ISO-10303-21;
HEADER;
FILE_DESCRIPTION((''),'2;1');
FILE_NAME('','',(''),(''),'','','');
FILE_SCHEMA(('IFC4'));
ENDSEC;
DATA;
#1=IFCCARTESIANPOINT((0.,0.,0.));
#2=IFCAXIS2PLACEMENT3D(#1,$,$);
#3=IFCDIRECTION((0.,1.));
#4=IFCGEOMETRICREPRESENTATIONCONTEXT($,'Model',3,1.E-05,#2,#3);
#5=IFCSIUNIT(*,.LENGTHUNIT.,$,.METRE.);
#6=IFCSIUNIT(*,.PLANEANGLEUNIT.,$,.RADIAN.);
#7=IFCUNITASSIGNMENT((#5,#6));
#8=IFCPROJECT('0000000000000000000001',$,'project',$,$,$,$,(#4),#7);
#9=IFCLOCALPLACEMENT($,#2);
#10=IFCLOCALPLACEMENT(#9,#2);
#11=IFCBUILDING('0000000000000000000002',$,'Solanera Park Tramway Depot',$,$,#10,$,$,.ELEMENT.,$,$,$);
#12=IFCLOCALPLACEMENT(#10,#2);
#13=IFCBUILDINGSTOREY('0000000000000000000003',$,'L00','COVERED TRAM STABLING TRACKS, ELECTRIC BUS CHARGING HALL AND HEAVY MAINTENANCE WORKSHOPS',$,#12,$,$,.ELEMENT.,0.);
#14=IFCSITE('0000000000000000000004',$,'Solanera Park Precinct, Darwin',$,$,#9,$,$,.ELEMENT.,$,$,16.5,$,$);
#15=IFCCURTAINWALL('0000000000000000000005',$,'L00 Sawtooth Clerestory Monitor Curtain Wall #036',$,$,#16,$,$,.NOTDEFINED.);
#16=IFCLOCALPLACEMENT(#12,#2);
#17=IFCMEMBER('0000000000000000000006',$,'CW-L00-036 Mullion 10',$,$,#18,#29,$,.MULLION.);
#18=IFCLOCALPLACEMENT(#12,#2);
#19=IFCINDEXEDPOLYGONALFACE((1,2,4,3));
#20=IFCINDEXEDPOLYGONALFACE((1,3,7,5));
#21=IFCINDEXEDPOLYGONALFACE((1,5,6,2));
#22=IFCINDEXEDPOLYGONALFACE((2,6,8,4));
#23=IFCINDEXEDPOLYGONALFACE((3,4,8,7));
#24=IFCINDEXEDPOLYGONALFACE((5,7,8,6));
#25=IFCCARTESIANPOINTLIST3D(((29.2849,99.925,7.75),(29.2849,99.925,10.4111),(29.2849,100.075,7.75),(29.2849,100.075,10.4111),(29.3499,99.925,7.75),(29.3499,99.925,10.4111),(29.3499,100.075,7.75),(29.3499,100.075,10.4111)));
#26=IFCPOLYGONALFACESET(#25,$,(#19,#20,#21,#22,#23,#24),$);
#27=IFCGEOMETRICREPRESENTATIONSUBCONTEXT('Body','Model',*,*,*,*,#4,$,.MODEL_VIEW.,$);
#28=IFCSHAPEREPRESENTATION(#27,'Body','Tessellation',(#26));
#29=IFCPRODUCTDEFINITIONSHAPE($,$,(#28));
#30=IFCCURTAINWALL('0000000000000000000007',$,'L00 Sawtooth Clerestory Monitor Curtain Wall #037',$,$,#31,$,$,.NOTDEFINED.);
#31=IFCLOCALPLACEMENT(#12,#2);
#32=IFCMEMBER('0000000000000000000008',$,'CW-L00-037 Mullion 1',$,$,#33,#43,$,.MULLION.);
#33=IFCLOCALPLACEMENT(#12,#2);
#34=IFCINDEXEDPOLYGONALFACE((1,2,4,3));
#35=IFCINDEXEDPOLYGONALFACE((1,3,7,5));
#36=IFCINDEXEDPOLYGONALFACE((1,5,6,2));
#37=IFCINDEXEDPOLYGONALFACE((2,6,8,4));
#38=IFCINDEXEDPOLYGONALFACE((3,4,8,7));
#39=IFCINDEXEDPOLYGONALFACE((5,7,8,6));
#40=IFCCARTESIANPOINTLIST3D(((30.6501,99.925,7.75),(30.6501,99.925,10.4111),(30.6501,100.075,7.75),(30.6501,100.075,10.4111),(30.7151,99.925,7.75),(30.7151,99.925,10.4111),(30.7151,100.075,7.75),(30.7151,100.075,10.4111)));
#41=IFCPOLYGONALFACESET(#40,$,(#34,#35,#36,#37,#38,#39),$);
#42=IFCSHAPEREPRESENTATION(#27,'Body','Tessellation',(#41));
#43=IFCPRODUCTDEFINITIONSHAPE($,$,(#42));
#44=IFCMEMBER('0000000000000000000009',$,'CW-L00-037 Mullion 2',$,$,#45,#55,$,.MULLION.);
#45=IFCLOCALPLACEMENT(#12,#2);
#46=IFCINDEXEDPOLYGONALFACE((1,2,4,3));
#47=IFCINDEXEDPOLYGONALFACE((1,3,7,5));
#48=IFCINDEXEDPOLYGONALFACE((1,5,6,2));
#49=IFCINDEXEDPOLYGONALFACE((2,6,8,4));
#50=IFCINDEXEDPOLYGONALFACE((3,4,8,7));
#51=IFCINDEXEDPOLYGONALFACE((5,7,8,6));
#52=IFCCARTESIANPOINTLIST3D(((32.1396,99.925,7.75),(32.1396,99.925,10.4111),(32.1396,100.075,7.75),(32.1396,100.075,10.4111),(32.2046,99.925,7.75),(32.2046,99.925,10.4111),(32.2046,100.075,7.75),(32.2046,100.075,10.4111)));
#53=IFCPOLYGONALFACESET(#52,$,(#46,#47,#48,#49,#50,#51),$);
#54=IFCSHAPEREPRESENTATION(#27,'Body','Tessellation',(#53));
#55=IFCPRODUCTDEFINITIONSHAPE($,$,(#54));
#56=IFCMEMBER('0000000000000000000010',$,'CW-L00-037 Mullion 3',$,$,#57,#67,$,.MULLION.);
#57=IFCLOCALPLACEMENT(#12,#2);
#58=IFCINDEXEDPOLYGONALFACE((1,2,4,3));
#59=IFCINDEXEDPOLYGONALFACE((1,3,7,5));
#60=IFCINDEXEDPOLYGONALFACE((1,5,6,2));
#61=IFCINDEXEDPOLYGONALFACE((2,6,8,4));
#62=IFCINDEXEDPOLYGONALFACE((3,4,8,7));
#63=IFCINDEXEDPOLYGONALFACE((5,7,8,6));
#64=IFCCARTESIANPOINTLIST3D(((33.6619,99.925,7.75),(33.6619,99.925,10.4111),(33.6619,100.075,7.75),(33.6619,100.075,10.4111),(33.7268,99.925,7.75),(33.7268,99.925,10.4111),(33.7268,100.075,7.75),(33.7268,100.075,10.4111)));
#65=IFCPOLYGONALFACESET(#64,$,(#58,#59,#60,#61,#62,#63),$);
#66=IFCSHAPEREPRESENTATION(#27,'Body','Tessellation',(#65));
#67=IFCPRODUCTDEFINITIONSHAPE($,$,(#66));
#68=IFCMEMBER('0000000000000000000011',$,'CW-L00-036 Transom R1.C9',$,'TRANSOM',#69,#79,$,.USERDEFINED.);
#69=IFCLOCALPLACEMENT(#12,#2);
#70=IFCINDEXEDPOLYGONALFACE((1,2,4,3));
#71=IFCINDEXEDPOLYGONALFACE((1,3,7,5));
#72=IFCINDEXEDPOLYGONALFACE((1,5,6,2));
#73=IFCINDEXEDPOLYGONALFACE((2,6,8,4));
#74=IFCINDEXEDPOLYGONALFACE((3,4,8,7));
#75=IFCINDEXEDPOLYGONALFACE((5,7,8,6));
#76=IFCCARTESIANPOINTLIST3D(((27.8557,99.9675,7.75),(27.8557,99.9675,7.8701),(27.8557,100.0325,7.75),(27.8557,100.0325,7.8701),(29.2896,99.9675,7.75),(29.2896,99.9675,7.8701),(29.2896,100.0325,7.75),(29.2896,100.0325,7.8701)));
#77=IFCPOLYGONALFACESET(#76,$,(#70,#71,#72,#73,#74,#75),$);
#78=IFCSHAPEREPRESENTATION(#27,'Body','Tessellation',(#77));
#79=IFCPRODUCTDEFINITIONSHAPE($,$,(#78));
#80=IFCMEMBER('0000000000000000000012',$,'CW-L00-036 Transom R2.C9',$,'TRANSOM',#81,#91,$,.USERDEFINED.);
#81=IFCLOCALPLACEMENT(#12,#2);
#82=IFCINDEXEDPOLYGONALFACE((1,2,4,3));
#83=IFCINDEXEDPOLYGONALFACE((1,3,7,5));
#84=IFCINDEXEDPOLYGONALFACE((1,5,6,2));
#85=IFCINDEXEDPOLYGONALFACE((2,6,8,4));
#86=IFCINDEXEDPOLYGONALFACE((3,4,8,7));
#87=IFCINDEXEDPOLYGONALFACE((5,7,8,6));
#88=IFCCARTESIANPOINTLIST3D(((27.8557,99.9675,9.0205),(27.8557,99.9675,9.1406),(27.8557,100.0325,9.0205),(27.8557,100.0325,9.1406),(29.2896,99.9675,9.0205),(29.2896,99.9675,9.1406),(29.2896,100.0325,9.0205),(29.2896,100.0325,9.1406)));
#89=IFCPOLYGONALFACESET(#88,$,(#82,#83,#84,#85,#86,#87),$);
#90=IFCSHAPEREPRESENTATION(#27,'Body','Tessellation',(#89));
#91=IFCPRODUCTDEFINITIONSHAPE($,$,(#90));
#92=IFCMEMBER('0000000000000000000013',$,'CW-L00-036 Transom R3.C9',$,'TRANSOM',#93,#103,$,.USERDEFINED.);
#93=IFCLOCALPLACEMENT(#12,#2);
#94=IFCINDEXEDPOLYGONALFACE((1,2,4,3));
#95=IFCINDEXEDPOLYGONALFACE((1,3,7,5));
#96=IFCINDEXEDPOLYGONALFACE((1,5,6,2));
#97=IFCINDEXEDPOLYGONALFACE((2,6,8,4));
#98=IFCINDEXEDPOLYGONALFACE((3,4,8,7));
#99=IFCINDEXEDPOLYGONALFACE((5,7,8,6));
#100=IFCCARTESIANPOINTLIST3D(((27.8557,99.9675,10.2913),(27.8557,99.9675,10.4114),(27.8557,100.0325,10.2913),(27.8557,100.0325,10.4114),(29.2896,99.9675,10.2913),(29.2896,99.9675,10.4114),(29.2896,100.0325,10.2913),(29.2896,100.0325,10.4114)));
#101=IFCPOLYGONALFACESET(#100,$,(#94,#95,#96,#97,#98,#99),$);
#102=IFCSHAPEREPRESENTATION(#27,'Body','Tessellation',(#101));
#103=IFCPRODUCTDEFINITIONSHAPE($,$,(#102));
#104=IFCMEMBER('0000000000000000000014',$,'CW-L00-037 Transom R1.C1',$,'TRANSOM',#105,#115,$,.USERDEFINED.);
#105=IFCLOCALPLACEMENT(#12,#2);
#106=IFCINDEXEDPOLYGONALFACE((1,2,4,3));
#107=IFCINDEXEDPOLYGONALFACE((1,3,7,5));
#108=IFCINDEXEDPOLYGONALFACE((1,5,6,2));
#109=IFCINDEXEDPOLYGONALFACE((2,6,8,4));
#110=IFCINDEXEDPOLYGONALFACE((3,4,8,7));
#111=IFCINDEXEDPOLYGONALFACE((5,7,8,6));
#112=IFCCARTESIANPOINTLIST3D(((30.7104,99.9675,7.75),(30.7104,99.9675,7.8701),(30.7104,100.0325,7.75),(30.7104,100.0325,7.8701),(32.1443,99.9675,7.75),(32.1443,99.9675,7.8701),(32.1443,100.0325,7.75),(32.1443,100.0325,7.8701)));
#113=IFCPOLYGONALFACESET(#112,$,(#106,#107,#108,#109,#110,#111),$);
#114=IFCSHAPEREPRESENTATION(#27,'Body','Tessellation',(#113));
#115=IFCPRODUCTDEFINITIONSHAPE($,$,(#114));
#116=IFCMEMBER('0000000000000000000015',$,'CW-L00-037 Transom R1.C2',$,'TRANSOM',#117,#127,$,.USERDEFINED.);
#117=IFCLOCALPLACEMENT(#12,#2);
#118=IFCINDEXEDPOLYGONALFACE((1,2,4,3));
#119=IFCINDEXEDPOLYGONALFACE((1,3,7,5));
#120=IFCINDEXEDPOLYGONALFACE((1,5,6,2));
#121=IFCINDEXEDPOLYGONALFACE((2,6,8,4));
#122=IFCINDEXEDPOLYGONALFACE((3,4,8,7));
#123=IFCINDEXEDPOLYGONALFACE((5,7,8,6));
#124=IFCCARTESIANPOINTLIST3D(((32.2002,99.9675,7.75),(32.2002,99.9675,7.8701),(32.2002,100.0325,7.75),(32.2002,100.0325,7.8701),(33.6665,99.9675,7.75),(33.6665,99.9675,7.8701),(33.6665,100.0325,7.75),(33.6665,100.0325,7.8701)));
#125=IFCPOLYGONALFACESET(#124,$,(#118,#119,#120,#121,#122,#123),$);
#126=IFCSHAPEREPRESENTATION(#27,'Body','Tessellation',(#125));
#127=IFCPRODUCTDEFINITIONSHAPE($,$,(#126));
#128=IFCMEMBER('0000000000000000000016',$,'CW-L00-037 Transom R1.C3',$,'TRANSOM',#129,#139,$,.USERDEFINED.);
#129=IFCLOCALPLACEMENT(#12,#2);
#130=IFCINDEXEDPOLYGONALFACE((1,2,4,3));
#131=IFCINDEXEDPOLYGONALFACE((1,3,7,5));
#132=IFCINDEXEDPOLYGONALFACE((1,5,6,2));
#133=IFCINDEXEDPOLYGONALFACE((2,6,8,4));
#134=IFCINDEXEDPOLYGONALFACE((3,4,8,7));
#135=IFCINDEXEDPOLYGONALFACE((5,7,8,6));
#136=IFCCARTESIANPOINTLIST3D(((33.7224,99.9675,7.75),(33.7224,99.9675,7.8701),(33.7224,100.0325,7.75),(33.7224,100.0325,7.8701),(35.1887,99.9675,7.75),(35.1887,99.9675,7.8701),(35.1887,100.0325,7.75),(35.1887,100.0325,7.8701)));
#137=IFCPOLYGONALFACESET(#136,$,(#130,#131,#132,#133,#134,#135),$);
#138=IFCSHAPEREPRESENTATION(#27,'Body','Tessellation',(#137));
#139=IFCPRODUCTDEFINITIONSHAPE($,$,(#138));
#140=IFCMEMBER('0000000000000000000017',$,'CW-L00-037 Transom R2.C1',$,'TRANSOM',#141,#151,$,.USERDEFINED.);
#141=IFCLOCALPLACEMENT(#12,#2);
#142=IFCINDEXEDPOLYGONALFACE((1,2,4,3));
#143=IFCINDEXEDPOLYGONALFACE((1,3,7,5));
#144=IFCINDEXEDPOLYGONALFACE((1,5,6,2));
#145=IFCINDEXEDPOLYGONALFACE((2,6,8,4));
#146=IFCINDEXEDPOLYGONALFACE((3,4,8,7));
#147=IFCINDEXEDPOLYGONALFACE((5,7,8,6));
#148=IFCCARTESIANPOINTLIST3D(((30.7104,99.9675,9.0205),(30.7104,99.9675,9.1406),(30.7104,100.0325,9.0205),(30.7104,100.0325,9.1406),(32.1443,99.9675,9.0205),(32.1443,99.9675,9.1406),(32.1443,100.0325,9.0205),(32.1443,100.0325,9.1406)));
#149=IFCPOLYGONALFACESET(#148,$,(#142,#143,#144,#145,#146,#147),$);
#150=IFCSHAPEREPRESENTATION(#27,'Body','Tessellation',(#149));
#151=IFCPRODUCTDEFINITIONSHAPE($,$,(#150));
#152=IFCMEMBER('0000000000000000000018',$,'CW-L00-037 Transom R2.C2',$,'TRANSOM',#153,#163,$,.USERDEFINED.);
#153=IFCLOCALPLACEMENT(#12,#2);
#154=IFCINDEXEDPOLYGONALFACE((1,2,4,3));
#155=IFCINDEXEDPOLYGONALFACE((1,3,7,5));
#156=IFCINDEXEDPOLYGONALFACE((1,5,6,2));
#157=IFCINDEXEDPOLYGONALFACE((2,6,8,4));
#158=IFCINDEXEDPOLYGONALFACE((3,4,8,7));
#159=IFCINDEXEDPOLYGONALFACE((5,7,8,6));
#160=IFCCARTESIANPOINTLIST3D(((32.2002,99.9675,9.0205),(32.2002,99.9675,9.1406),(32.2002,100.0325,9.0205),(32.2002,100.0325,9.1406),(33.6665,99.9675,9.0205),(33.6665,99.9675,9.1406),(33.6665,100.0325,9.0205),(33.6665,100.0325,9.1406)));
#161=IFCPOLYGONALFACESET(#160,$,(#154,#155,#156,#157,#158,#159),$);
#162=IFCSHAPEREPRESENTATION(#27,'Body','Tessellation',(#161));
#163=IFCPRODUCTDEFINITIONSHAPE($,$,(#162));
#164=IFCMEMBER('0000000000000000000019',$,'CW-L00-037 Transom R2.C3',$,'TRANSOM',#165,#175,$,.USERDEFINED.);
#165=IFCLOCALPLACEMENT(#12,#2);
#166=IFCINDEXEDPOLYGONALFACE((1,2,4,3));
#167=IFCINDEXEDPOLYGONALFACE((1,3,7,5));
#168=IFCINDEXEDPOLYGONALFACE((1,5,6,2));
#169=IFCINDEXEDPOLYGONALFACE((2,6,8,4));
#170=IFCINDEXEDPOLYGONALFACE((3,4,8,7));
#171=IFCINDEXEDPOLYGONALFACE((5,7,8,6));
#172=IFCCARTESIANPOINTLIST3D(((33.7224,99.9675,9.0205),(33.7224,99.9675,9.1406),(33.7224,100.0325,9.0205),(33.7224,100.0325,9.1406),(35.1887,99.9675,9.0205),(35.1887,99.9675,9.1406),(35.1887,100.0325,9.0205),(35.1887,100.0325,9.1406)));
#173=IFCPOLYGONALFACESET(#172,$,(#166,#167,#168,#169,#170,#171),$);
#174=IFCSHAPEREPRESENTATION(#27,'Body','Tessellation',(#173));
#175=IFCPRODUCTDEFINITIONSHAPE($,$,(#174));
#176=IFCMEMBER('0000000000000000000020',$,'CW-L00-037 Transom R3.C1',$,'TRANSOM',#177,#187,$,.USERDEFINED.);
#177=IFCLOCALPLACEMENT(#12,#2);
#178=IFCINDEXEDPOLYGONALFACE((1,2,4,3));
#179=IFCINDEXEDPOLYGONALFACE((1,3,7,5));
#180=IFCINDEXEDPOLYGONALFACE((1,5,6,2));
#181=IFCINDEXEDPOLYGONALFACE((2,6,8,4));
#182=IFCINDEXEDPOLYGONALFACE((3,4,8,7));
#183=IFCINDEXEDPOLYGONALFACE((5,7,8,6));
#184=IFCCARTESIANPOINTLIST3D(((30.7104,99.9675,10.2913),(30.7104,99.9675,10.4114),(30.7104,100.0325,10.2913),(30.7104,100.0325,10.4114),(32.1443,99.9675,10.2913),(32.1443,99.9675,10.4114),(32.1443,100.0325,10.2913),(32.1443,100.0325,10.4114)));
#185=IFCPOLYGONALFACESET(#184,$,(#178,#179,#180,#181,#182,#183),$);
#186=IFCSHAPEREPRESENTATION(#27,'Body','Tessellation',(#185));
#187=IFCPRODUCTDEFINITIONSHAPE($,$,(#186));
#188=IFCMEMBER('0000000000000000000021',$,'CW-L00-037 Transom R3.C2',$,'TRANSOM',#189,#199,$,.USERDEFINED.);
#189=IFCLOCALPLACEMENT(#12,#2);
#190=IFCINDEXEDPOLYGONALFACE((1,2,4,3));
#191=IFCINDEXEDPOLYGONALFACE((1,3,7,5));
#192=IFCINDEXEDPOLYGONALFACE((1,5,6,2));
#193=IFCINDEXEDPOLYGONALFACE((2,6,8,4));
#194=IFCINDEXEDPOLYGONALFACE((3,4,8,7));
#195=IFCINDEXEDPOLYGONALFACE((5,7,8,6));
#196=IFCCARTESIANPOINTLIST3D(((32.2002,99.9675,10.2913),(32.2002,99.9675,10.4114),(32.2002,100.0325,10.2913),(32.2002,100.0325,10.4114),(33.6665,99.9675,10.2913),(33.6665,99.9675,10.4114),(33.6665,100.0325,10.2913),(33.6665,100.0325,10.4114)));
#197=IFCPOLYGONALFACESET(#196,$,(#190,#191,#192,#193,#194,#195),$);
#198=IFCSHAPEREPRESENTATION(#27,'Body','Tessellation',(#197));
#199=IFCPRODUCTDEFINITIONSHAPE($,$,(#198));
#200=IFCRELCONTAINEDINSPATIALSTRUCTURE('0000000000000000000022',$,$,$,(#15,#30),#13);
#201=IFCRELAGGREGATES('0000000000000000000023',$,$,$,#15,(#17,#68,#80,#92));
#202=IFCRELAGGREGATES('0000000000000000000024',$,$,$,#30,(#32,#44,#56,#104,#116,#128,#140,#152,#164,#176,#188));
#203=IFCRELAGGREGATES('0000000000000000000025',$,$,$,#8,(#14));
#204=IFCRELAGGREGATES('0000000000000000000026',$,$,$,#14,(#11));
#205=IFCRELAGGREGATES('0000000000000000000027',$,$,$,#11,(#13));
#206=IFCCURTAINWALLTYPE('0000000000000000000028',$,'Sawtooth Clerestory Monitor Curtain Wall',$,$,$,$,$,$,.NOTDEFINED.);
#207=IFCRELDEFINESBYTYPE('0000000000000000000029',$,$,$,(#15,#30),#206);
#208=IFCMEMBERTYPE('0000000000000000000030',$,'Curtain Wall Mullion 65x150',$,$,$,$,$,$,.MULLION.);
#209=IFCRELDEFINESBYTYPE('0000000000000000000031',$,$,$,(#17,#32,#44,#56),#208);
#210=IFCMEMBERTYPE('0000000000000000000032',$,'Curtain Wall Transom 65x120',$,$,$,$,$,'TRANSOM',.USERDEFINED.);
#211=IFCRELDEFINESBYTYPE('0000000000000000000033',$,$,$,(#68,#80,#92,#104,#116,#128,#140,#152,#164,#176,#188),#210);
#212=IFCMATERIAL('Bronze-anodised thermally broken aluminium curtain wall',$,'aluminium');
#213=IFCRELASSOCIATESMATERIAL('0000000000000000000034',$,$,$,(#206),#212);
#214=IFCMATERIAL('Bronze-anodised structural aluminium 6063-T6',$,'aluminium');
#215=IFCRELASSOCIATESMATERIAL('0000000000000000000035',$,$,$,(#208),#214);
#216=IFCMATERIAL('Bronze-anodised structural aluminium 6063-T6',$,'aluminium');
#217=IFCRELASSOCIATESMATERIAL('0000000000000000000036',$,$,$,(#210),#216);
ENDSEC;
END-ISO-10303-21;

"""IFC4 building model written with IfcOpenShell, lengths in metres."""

from ifc_helpers import new_model, si_unit, direction, frame, origin, origin_2d, place, context, subcontext, project, spatial, rectangle, extrude, material, material_profile, profile_set, type_object, element, aggregate, save


model = new_model("IFC4")

# Units and contexts
model_context = context("Model", 3, precision=1e-05, world=origin(), true_north=direction((0.0, 1.0)))
body_context = subcontext(model_context, "Body", "Model", "MODEL_VIEW")
ifc_project = project(units=[si_unit("LENGTHUNIT", "METRE"), si_unit("PLANEANGLEUNIT", "RADIAN")], contexts=[model_context])

# Site, building, storey
site_placement = place(None, origin())
site = spatial("IfcSite", under=ifc_project, at=site_placement, Name="Solanera Park Precinct, Darwin", CompositionType="ELEMENT", RefElevation=16.5)
building_placement = place(site_placement, origin())
building = spatial("IfcBuilding", under=site, at=building_placement, Name="Solanera Park Tramway Depot", CompositionType="ELEMENT")
storey_placement = place(building_placement, origin())
storey = spatial("IfcBuildingStorey", under=building, at=storey_placement, Name="L00", Description="COVERED TRAM STABLING TRACKS, ELECTRIC BUS CHARGING HALL AND HEAVY MAINTENANCE WORKSHOPS", CompositionType="ELEMENT", Elevation=0.0)

# Curtain wall, member
ifc_material_1 = material(Name="Bronze-anodised thermally broken aluminium curtain wall", Category="aluminium")
curtain_wall_type = type_object("IfcCurtainWallType", Name="Sawtooth Clerestory Monitor Curtain Wall", PredefinedType="NOTDEFINED", material=ifc_material_1)
curtain_wall_1_placement = place(storey_placement, origin())
curtain_wall_1 = element("IfcCurtainWall", 1, at=curtain_wall_1_placement, inside=storey, type_object=curtain_wall_type, Name="L00 Sawtooth Clerestory Monitor Curtain Wall #036", PredefinedType="NOTDEFINED")
ifc_material_2 = material(Name="Bronze-anodised structural aluminium 6063-T6", Category="aluminium")
ifc_material_profile_1 = material_profile(ifc_material_2, rectangle(XDim=0.0649, YDim=0.1499, at=origin_2d()), Name="Curtain Wall Mullion 65x150")
ifc_profile_set_1 = profile_set([ifc_material_profile_1], Name="Bronze-anodised structural aluminium 6063-T6")
member_type_1 = type_object("IfcMemberType", Name="Curtain Wall Mullion 65x150", PredefinedType="MULLION", material=ifc_profile_set_1)
member_1_placement = place(storey_placement, frame((29.3174, 100.0, 7.75), z_axis=(0.0, 0.0, 1.0), x_axis=(1.0, 0.0, 0.0)))
member_1 = element("IfcMember", 2, at=member_1_placement, type_object=member_type_1, Name="CW-L00-036 Mullion 10", PredefinedType="MULLION", context=body_context, shape_type="SweptSolid", body=[
    extrude(rectangle(XDim=0.0649, YDim=0.1499, at=origin_2d()), origin(), (0.0, 0.0, 1.0), 2.6611),
])

# Curtain wall, members
curtain_wall_2_placement = place(storey_placement, origin())
curtain_wall_2 = element("IfcCurtainWall", 3, at=curtain_wall_2_placement, inside=storey, type_object=curtain_wall_type, Name="L00 Sawtooth Clerestory Monitor Curtain Wall #037", PredefinedType="NOTDEFINED")
member_2_placement = place(storey_placement, frame((30.6826, 100.0, 7.75), z_axis=(0.0, 0.0, 1.0), x_axis=(1.0, 0.0, 0.0)))
member_2 = element("IfcMember", 4, at=member_2_placement, type_object=member_type_1, Name="CW-L00-037 Mullion 1", PredefinedType="MULLION", context=body_context, shape_type="SweptSolid", body=[
    extrude(rectangle(XDim=0.0649, YDim=0.1499, at=origin_2d()), origin(), (0.0, 0.0, 1.0), 2.6611),
])
member_3_placement = place(storey_placement, frame((32.1721, 100.0, 7.75), z_axis=(0.0, 0.0, 1.0), x_axis=(1.0, 0.0, 0.0)))
member_3 = element("IfcMember", 5, at=member_3_placement, type_object=member_type_1, Name="CW-L00-037 Mullion 2", PredefinedType="MULLION", context=body_context, shape_type="SweptSolid", body=[
    extrude(rectangle(XDim=0.0649, YDim=0.1499, at=origin_2d()), origin(), (0.0, 0.0, 1.0), 2.6611),
])
member_4_placement = place(storey_placement, frame((33.6943, 100.0, 7.75), z_axis=(0.0, 0.0, 1.0), x_axis=(1.0, 0.0, 0.0)))
member_4 = element("IfcMember", 6, at=member_4_placement, type_object=member_type_1, Name="CW-L00-037 Mullion 3", PredefinedType="MULLION", context=body_context, shape_type="SweptSolid", body=[
    extrude(rectangle(XDim=0.0649, YDim=0.1499, at=origin_2d()), origin(), (0.0, 0.0, 1.0), 2.6611),
])

# Members
ifc_material_3 = material(Name="Bronze-anodised structural aluminium 6063-T6", Category="aluminium")
ifc_material_profile_2 = material_profile(ifc_material_3, rectangle(XDim=0.0649, YDim=0.1201, at=origin_2d()), Name="Curtain Wall Transom 65x120")
ifc_profile_set_2 = profile_set([ifc_material_profile_2], Name="Bronze-anodised structural aluminium 6063-T6")
member_type_2 = type_object("IfcMemberType", Name="Curtain Wall Transom 65x120", ElementType="TRANSOM", PredefinedType="USERDEFINED", material=ifc_profile_set_2)
member_5_placement = place(storey_placement, frame((27.8557, 100.0, 7.8101), z_axis=(1.0, 0.0, 0.0), x_axis=(0.0, 1.0, 0.0)))
member_5 = element("IfcMember", 7, at=member_5_placement, type_object=member_type_2, Name="CW-L00-036 Transom R1.C9", ObjectType="TRANSOM", PredefinedType="USERDEFINED", context=body_context, shape_type="SweptSolid", body=[
    extrude(rectangle(XDim=0.0649, YDim=0.1201, at=origin_2d()), origin(), (0.0, 0.0, 1.0), 1.4338),
])
member_6_placement = place(storey_placement, frame((27.8557, 100.0, 9.0806), z_axis=(1.0, 0.0, 0.0), x_axis=(0.0, 1.0, 0.0)))
member_6 = element("IfcMember", 8, at=member_6_placement, type_object=member_type_2, Name="CW-L00-036 Transom R2.C9", ObjectType="TRANSOM", PredefinedType="USERDEFINED", context=body_context, shape_type="SweptSolid", body=[
    extrude(rectangle(XDim=0.0649, YDim=0.1201, at=origin_2d()), origin(), (0.0, 0.0, 1.0), 1.4338),
])
member_7_placement = place(storey_placement, frame((27.8557, 100.0, 10.3513), z_axis=(1.0, 0.0, 0.0), x_axis=(0.0, 1.0, 0.0)))
member_7 = element("IfcMember", 9, at=member_7_placement, type_object=member_type_2, Name="CW-L00-036 Transom R3.C9", ObjectType="TRANSOM", PredefinedType="USERDEFINED", context=body_context, shape_type="SweptSolid", body=[
    extrude(rectangle(XDim=0.0649, YDim=0.1201, at=origin_2d()), origin(), (0.0, 0.0, 1.0), 1.4338),
])
member_8_placement = place(storey_placement, frame((30.7104, 100.0, 7.8101), z_axis=(1.0, 0.0, 0.0), x_axis=(0.0, 1.0, 0.0)))
member_8 = element("IfcMember", 10, at=member_8_placement, type_object=member_type_2, Name="CW-L00-037 Transom R1.C1", ObjectType="TRANSOM", PredefinedType="USERDEFINED", context=body_context, shape_type="SweptSolid", body=[
    extrude(rectangle(XDim=0.0649, YDim=0.1201, at=origin_2d()), origin(), (0.0, 0.0, 1.0), 1.4338),
])
member_9_placement = place(storey_placement, frame((32.2002, 100.0, 7.8101), z_axis=(1.0, 0.0, 0.0), x_axis=(0.0, 1.0, 0.0)))
member_9 = element("IfcMember", 11, at=member_9_placement, type_object=member_type_2, Name="CW-L00-037 Transom R1.C2", ObjectType="TRANSOM", PredefinedType="USERDEFINED", context=body_context, shape_type="SweptSolid", body=[
    extrude(rectangle(XDim=0.0649, YDim=0.1201, at=origin_2d()), origin(), (0.0, 0.0, 1.0), 1.4663),
])
member_10_placement = place(storey_placement, frame((33.7224, 100.0, 7.8101), z_axis=(1.0, 0.0, 0.0), x_axis=(0.0, 1.0, 0.0)))
member_10 = element("IfcMember", 12, at=member_10_placement, type_object=member_type_2, Name="CW-L00-037 Transom R1.C3", ObjectType="TRANSOM", PredefinedType="USERDEFINED", context=body_context, shape_type="SweptSolid", body=[
    extrude(rectangle(XDim=0.0649, YDim=0.1201, at=origin_2d()), origin(), (0.0, 0.0, 1.0), 1.4663),
])
member_11_placement = place(storey_placement, frame((30.7104, 100.0, 9.0806), z_axis=(1.0, 0.0, 0.0), x_axis=(0.0, 1.0, 0.0)))
member_11 = element("IfcMember", 13, at=member_11_placement, type_object=member_type_2, Name="CW-L00-037 Transom R2.C1", ObjectType="TRANSOM", PredefinedType="USERDEFINED", context=body_context, shape_type="SweptSolid", body=[
    extrude(rectangle(XDim=0.0649, YDim=0.1201, at=origin_2d()), origin(), (0.0, 0.0, 1.0), 1.4338),
])
member_12_placement = place(storey_placement, frame((32.2002, 100.0, 9.0806), z_axis=(1.0, 0.0, 0.0), x_axis=(0.0, 1.0, 0.0)))
member_12 = element("IfcMember", 14, at=member_12_placement, type_object=member_type_2, Name="CW-L00-037 Transom R2.C2", ObjectType="TRANSOM", PredefinedType="USERDEFINED", context=body_context, shape_type="SweptSolid", body=[
    extrude(rectangle(XDim=0.0649, YDim=0.1201, at=origin_2d()), origin(), (0.0, 0.0, 1.0), 1.4663),
])
member_13_placement = place(storey_placement, frame((33.7224, 100.0, 9.0806), z_axis=(1.0, 0.0, 0.0), x_axis=(0.0, 1.0, 0.0)))
member_13 = element("IfcMember", 15, at=member_13_placement, type_object=member_type_2, Name="CW-L00-037 Transom R2.C3", ObjectType="TRANSOM", PredefinedType="USERDEFINED", context=body_context, shape_type="SweptSolid", body=[
    extrude(rectangle(XDim=0.0649, YDim=0.1201, at=origin_2d()), origin(), (0.0, 0.0, 1.0), 1.4663),
])
member_14_placement = place(storey_placement, frame((30.7104, 100.0, 10.3513), z_axis=(1.0, 0.0, 0.0), x_axis=(0.0, 1.0, 0.0)))
member_14 = element("IfcMember", 16, at=member_14_placement, type_object=member_type_2, Name="CW-L00-037 Transom R3.C1", ObjectType="TRANSOM", PredefinedType="USERDEFINED", context=body_context, shape_type="SweptSolid", body=[
    extrude(rectangle(XDim=0.0649, YDim=0.1201, at=origin_2d()), origin(), (0.0, 0.0, 1.0), 1.4338),
])
member_15_placement = place(storey_placement, frame((32.2002, 100.0, 10.3513), z_axis=(1.0, 0.0, 0.0), x_axis=(0.0, 1.0, 0.0)))
member_15 = element("IfcMember", 17, at=member_15_placement, type_object=member_type_2, Name="CW-L00-037 Transom R3.C2", ObjectType="TRANSOM", PredefinedType="USERDEFINED", context=body_context, shape_type="SweptSolid", body=[
    extrude(rectangle(XDim=0.0649, YDim=0.1201, at=origin_2d()), origin(), (0.0, 0.0, 1.0), 1.4663),
])

aggregate(curtain_wall_1, [member_1, member_5, member_6, member_7])
aggregate(curtain_wall_2, [member_2, member_3, member_4, member_8, member_9, member_10, member_11, member_12, member_13, member_14, member_15])

save(model, "model.ifc")
